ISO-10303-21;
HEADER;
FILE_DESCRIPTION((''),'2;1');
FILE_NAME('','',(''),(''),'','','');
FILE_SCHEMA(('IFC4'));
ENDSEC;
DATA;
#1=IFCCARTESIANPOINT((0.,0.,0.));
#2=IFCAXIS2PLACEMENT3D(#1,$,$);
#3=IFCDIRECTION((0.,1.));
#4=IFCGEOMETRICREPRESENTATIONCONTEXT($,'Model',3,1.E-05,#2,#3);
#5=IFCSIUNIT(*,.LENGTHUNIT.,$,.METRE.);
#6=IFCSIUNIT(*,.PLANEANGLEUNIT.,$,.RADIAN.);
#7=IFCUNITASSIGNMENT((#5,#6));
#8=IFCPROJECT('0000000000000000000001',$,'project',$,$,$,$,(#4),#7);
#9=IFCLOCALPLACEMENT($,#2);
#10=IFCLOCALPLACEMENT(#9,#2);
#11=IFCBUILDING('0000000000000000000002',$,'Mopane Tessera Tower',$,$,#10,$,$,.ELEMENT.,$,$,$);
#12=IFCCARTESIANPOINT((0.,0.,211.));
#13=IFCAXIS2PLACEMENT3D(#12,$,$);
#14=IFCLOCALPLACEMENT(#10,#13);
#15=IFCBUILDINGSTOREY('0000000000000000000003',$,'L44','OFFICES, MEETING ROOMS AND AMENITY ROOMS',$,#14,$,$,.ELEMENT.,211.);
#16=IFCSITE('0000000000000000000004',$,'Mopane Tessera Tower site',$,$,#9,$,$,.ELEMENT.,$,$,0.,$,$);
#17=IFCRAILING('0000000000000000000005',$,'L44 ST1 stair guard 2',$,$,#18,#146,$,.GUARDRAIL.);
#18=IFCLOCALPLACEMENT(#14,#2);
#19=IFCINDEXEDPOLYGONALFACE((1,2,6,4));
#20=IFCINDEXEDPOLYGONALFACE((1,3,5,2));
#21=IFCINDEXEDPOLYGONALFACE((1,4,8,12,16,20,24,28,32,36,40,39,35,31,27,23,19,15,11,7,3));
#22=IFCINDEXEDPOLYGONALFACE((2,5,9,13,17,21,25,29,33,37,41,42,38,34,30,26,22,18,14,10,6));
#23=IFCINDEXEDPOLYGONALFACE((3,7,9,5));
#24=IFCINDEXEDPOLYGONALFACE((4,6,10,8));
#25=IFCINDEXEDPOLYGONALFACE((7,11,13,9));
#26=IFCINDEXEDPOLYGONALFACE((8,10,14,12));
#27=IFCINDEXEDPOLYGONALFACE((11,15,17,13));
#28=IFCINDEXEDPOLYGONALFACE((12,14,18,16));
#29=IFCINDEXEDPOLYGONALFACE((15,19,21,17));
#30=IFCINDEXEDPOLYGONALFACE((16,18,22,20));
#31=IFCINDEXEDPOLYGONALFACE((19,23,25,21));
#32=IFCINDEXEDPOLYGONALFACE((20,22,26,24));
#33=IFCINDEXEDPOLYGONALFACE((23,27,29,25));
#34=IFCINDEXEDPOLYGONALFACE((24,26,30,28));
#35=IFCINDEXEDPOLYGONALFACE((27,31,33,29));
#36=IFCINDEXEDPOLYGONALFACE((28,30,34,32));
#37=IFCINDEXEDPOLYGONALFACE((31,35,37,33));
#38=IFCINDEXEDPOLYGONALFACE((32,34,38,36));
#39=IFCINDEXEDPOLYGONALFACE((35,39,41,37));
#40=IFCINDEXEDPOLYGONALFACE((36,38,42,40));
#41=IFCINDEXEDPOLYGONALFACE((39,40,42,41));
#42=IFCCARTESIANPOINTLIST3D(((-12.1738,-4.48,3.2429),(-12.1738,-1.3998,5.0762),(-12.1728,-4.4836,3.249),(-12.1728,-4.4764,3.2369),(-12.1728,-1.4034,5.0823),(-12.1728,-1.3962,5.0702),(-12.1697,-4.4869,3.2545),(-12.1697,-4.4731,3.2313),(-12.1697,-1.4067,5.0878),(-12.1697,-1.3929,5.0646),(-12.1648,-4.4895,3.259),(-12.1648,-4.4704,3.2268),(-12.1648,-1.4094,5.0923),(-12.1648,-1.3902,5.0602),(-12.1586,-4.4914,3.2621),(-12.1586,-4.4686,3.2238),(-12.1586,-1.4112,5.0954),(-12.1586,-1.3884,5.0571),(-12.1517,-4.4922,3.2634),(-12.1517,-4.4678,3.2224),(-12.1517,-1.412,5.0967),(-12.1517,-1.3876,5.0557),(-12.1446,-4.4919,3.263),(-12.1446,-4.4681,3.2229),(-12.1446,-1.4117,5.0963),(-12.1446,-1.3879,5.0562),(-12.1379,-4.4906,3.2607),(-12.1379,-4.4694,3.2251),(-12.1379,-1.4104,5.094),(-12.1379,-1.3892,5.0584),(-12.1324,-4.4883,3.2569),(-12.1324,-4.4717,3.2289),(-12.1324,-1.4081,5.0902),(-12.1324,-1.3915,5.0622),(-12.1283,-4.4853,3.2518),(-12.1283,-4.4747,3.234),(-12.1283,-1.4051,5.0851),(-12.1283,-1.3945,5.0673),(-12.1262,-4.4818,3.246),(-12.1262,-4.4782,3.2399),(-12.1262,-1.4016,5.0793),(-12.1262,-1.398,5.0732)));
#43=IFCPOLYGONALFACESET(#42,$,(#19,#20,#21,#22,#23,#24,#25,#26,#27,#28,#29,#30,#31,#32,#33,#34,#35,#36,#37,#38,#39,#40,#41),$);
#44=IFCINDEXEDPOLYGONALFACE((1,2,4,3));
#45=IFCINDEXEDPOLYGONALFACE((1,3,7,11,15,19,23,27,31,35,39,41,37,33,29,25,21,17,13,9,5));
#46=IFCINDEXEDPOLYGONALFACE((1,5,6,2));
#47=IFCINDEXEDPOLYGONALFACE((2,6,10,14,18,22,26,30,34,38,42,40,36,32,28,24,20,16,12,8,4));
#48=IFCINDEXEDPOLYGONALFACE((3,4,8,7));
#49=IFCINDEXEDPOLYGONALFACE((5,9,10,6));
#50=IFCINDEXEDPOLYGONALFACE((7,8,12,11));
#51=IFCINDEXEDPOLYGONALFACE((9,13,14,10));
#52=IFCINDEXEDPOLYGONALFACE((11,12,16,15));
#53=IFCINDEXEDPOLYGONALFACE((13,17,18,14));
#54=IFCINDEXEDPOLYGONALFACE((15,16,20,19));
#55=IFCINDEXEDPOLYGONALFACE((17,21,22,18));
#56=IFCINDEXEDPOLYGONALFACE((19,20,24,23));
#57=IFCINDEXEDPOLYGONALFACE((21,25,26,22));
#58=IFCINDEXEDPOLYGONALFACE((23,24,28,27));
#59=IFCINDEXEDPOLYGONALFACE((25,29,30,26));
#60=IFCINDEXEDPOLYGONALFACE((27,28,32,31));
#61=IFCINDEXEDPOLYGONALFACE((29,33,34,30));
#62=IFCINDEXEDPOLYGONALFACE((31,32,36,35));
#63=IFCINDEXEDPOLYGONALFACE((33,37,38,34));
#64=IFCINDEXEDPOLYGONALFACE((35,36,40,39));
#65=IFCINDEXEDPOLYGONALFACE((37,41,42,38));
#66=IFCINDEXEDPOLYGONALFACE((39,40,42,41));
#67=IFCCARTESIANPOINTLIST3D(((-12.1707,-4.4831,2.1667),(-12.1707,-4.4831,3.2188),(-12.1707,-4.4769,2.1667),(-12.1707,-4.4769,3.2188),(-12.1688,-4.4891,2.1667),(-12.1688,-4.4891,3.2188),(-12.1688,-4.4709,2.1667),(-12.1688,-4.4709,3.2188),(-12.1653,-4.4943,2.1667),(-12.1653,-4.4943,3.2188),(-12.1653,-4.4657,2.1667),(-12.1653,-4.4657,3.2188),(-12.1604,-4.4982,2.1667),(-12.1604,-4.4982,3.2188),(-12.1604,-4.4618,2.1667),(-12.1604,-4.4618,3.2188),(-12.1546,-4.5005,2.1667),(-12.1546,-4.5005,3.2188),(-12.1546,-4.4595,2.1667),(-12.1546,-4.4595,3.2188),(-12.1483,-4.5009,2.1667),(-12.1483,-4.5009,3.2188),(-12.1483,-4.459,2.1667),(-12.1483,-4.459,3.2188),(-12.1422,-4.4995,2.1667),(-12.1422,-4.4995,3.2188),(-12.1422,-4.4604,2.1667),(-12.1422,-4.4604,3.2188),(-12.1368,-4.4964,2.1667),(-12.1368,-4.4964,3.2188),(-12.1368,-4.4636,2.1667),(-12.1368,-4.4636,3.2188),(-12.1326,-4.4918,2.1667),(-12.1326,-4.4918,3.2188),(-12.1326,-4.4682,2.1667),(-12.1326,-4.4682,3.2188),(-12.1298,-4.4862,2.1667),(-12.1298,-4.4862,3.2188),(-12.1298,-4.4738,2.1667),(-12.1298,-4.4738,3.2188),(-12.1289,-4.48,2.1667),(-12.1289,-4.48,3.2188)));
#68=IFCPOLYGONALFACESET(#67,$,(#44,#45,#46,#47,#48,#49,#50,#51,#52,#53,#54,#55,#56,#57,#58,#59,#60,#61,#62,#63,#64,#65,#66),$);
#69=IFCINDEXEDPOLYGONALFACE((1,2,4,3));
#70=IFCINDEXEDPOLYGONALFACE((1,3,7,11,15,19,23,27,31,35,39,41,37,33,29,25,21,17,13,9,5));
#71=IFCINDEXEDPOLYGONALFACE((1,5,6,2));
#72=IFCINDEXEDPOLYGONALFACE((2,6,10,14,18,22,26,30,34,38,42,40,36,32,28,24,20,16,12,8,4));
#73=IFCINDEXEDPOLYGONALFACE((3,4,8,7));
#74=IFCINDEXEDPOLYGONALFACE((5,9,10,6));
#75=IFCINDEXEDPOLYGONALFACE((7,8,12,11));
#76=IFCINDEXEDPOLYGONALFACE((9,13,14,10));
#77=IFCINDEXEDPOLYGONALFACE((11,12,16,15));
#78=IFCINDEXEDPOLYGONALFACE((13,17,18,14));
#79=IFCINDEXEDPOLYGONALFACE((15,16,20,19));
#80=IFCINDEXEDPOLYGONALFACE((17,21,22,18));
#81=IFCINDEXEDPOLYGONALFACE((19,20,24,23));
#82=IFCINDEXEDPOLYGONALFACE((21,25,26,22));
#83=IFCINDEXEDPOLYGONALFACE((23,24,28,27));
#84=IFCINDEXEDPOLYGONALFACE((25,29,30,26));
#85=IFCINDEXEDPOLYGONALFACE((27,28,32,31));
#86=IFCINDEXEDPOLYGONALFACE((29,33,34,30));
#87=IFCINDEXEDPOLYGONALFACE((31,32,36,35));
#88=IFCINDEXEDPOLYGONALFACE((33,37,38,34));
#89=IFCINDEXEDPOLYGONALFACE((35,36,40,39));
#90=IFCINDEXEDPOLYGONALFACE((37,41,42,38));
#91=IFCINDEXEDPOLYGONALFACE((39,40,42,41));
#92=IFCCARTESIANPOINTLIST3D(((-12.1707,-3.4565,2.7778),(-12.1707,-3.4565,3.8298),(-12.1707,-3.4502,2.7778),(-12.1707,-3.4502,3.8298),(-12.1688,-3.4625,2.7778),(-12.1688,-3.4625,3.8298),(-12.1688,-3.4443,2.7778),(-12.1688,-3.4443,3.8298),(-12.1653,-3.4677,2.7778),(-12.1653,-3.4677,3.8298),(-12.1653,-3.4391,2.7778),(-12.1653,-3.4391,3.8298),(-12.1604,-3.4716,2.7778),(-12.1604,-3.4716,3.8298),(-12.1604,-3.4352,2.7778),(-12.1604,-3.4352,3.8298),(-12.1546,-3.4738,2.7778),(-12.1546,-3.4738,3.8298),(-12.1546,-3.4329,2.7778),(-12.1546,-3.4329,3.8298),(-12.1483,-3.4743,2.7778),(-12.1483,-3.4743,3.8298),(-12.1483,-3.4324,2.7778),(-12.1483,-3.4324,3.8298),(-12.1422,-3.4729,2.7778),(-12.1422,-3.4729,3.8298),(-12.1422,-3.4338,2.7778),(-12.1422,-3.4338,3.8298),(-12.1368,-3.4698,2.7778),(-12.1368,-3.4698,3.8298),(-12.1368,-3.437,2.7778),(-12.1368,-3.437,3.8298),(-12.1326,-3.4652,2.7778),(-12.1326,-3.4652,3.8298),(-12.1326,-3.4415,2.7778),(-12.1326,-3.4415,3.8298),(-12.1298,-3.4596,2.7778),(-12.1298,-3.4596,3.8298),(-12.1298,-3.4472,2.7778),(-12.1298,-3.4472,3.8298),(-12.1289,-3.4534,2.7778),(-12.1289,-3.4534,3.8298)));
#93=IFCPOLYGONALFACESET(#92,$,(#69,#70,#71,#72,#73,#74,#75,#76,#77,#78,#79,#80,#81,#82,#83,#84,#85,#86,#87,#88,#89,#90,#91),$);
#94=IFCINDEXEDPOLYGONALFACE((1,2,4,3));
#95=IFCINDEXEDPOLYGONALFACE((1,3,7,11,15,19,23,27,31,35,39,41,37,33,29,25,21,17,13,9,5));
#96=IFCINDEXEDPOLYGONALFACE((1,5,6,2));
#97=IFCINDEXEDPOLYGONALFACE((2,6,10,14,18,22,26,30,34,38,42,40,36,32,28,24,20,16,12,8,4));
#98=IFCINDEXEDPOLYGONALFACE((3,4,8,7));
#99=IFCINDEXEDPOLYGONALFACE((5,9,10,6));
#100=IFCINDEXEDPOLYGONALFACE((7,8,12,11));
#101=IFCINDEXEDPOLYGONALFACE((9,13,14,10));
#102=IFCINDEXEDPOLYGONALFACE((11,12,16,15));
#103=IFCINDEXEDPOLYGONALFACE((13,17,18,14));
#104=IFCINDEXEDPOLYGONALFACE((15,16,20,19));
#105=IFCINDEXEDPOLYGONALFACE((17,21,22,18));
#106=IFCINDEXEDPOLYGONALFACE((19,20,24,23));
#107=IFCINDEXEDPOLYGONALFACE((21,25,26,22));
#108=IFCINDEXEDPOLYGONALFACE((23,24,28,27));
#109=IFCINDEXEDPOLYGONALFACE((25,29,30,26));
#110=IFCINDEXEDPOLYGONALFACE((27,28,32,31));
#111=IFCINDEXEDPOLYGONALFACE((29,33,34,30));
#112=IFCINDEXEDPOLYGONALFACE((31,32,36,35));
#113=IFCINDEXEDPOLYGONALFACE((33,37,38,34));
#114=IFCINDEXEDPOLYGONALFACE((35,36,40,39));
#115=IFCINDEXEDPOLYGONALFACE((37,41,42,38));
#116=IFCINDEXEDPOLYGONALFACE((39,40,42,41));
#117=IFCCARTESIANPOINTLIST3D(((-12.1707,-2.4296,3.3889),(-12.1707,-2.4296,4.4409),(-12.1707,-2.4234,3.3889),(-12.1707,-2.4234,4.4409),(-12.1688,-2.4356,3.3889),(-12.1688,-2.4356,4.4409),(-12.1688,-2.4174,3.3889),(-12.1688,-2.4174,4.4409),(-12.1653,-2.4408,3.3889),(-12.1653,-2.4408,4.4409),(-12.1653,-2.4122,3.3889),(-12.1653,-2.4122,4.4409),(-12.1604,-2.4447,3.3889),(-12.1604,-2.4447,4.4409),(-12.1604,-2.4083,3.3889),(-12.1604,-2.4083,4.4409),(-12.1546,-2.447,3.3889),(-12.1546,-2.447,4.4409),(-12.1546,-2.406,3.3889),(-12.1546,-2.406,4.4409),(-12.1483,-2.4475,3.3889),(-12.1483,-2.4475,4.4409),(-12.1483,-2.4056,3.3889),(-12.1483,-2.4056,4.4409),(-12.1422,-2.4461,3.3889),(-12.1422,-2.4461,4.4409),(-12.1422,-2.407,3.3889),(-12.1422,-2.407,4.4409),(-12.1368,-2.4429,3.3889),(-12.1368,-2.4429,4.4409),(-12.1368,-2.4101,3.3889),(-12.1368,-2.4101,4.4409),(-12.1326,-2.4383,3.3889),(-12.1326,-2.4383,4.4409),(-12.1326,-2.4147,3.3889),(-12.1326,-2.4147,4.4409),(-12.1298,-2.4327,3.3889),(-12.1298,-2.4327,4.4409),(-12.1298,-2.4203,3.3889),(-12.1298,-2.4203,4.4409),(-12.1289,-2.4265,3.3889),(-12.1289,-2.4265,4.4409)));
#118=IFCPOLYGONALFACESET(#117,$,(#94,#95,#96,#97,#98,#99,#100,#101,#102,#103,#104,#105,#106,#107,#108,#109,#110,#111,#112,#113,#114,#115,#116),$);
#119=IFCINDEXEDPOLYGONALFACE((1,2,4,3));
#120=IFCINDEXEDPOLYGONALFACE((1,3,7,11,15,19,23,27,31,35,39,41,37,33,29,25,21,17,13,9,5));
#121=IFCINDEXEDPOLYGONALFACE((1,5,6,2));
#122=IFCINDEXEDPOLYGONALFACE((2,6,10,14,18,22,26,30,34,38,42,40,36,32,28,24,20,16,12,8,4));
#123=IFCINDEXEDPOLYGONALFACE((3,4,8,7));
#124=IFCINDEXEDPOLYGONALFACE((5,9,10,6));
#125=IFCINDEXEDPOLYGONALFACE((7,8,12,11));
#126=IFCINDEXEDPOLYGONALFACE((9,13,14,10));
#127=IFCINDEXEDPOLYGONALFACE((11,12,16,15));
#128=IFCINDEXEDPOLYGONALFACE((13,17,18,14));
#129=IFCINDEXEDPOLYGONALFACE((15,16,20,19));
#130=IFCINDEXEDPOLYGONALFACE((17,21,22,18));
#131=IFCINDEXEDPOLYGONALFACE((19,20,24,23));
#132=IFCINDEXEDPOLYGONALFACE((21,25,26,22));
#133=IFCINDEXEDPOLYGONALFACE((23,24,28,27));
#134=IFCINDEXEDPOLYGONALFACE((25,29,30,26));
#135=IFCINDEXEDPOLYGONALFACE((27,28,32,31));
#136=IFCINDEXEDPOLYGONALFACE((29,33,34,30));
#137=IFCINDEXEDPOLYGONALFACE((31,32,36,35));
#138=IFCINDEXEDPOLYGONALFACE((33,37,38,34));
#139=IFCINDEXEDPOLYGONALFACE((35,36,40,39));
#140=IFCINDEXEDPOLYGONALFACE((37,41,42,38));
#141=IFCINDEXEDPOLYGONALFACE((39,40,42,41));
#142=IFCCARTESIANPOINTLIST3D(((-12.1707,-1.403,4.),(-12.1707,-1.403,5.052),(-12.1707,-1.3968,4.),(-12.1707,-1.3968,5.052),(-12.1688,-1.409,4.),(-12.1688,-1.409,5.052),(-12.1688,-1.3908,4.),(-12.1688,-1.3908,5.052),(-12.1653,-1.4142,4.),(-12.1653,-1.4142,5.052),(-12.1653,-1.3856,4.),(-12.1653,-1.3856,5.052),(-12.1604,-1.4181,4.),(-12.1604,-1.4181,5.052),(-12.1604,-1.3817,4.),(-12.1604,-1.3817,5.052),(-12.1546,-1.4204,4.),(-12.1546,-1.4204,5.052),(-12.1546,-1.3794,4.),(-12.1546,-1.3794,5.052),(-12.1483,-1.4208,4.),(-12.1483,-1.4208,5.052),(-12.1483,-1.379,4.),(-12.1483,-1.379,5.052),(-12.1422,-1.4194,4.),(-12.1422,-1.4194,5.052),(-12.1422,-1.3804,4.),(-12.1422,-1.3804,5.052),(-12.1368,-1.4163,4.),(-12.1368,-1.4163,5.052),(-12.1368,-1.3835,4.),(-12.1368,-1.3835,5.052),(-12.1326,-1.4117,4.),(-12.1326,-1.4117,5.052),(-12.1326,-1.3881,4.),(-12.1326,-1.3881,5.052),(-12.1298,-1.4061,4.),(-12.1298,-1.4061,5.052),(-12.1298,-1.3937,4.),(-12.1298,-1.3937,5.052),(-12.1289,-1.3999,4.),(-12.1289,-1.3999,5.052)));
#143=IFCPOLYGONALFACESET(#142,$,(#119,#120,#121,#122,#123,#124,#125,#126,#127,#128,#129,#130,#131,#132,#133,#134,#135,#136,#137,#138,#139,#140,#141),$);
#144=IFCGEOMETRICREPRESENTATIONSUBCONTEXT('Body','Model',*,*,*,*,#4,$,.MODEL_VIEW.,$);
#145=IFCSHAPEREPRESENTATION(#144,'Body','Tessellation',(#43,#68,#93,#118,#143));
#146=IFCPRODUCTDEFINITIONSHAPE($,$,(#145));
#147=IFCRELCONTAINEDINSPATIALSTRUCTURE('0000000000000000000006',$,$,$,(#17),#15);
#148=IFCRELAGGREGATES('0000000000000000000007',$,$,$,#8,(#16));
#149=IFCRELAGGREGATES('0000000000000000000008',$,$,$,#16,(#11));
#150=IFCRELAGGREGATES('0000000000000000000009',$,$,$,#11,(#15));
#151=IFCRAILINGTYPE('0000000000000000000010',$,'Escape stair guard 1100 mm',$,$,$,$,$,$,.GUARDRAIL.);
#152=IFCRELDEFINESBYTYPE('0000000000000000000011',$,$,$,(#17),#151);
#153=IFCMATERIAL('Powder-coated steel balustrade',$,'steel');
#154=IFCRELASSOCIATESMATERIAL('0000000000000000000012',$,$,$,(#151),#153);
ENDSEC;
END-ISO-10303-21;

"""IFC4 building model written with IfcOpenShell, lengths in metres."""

from ifc_helpers import new_model, si_unit, direction, frame, origin, origin_2d, place, context, subcontext, project, spatial, circle, extrude, material, type_object, element, save


model = new_model("IFC4")

# Units and contexts
model_context = context("Model", 3, precision=1e-05, world=origin(), true_north=direction((0.0, 1.0)))
body_context = subcontext(model_context, "Body", "Model", "MODEL_VIEW")
ifc_project = project(units=[si_unit("LENGTHUNIT", "METRE"), si_unit("PLANEANGLEUNIT", "RADIAN")], contexts=[model_context])

# Site, building, storey
site_placement = place(None, origin())
site = spatial("IfcSite", under=ifc_project, at=site_placement, Name="Mopane Tessera Tower site", CompositionType="ELEMENT", RefElevation=0.0)
building_placement = place(site_placement, origin())
building = spatial("IfcBuilding", under=site, at=building_placement, Name="Mopane Tessera Tower", CompositionType="ELEMENT")
storey_placement = place(building_placement, frame((0.0, 0.0, 211.0)))
storey = spatial("IfcBuildingStorey", under=building, at=storey_placement, Name="L44", Description="OFFICES, MEETING ROOMS AND AMENITY ROOMS", CompositionType="ELEMENT", Elevation=211.0)

# Railing
ifc_material_1 = material(Name="Powder-coated steel balustrade", Category="steel")
railing_type_1 = type_object("IfcRailingType", Name="Escape stair guard 1100 mm", PredefinedType="GUARDRAIL", material=ifc_material_1)
railing_1_placement = place(storey_placement, frame((-12.1499, -4.48, 2.1667)))
element("IfcRailing", 1, at=railing_1_placement, inside=storey, type_object=railing_type_1, Name="L44 ST1 stair guard 2", PredefinedType="GUARDRAIL", context=body_context, shape_type="SweptSolid", body=[
    extrude(circle(Radius=0.0239, at=origin_2d()), frame((0.0, 0.0, 1.0762), z_axis=(0.0, 0.859309, 0.511458), x_axis=(-1.0, 0.0, 0.0)), (0.0, 0.0, 1.0), 3.5845),
    extrude(circle(Radius=0.021, at=origin_2d()), origin(), (0.0, 0.0, 1.0), 1.052),
    extrude(circle(Radius=0.021, at=origin_2d()), frame((0.0, 1.0266, 0.6111)), (0.0, 0.0, 1.0), 1.052),
    extrude(circle(Radius=0.021, at=origin_2d()), frame((0.0, 2.0535, 1.2222)), (0.0, 0.0, 1.0), 1.052),
    extrude(circle(Radius=0.021, at=origin_2d()), frame((0.0, 3.0801, 1.8333)), (0.0, 0.0, 1.0), 1.052),
])

save(model, "model.ifc")
